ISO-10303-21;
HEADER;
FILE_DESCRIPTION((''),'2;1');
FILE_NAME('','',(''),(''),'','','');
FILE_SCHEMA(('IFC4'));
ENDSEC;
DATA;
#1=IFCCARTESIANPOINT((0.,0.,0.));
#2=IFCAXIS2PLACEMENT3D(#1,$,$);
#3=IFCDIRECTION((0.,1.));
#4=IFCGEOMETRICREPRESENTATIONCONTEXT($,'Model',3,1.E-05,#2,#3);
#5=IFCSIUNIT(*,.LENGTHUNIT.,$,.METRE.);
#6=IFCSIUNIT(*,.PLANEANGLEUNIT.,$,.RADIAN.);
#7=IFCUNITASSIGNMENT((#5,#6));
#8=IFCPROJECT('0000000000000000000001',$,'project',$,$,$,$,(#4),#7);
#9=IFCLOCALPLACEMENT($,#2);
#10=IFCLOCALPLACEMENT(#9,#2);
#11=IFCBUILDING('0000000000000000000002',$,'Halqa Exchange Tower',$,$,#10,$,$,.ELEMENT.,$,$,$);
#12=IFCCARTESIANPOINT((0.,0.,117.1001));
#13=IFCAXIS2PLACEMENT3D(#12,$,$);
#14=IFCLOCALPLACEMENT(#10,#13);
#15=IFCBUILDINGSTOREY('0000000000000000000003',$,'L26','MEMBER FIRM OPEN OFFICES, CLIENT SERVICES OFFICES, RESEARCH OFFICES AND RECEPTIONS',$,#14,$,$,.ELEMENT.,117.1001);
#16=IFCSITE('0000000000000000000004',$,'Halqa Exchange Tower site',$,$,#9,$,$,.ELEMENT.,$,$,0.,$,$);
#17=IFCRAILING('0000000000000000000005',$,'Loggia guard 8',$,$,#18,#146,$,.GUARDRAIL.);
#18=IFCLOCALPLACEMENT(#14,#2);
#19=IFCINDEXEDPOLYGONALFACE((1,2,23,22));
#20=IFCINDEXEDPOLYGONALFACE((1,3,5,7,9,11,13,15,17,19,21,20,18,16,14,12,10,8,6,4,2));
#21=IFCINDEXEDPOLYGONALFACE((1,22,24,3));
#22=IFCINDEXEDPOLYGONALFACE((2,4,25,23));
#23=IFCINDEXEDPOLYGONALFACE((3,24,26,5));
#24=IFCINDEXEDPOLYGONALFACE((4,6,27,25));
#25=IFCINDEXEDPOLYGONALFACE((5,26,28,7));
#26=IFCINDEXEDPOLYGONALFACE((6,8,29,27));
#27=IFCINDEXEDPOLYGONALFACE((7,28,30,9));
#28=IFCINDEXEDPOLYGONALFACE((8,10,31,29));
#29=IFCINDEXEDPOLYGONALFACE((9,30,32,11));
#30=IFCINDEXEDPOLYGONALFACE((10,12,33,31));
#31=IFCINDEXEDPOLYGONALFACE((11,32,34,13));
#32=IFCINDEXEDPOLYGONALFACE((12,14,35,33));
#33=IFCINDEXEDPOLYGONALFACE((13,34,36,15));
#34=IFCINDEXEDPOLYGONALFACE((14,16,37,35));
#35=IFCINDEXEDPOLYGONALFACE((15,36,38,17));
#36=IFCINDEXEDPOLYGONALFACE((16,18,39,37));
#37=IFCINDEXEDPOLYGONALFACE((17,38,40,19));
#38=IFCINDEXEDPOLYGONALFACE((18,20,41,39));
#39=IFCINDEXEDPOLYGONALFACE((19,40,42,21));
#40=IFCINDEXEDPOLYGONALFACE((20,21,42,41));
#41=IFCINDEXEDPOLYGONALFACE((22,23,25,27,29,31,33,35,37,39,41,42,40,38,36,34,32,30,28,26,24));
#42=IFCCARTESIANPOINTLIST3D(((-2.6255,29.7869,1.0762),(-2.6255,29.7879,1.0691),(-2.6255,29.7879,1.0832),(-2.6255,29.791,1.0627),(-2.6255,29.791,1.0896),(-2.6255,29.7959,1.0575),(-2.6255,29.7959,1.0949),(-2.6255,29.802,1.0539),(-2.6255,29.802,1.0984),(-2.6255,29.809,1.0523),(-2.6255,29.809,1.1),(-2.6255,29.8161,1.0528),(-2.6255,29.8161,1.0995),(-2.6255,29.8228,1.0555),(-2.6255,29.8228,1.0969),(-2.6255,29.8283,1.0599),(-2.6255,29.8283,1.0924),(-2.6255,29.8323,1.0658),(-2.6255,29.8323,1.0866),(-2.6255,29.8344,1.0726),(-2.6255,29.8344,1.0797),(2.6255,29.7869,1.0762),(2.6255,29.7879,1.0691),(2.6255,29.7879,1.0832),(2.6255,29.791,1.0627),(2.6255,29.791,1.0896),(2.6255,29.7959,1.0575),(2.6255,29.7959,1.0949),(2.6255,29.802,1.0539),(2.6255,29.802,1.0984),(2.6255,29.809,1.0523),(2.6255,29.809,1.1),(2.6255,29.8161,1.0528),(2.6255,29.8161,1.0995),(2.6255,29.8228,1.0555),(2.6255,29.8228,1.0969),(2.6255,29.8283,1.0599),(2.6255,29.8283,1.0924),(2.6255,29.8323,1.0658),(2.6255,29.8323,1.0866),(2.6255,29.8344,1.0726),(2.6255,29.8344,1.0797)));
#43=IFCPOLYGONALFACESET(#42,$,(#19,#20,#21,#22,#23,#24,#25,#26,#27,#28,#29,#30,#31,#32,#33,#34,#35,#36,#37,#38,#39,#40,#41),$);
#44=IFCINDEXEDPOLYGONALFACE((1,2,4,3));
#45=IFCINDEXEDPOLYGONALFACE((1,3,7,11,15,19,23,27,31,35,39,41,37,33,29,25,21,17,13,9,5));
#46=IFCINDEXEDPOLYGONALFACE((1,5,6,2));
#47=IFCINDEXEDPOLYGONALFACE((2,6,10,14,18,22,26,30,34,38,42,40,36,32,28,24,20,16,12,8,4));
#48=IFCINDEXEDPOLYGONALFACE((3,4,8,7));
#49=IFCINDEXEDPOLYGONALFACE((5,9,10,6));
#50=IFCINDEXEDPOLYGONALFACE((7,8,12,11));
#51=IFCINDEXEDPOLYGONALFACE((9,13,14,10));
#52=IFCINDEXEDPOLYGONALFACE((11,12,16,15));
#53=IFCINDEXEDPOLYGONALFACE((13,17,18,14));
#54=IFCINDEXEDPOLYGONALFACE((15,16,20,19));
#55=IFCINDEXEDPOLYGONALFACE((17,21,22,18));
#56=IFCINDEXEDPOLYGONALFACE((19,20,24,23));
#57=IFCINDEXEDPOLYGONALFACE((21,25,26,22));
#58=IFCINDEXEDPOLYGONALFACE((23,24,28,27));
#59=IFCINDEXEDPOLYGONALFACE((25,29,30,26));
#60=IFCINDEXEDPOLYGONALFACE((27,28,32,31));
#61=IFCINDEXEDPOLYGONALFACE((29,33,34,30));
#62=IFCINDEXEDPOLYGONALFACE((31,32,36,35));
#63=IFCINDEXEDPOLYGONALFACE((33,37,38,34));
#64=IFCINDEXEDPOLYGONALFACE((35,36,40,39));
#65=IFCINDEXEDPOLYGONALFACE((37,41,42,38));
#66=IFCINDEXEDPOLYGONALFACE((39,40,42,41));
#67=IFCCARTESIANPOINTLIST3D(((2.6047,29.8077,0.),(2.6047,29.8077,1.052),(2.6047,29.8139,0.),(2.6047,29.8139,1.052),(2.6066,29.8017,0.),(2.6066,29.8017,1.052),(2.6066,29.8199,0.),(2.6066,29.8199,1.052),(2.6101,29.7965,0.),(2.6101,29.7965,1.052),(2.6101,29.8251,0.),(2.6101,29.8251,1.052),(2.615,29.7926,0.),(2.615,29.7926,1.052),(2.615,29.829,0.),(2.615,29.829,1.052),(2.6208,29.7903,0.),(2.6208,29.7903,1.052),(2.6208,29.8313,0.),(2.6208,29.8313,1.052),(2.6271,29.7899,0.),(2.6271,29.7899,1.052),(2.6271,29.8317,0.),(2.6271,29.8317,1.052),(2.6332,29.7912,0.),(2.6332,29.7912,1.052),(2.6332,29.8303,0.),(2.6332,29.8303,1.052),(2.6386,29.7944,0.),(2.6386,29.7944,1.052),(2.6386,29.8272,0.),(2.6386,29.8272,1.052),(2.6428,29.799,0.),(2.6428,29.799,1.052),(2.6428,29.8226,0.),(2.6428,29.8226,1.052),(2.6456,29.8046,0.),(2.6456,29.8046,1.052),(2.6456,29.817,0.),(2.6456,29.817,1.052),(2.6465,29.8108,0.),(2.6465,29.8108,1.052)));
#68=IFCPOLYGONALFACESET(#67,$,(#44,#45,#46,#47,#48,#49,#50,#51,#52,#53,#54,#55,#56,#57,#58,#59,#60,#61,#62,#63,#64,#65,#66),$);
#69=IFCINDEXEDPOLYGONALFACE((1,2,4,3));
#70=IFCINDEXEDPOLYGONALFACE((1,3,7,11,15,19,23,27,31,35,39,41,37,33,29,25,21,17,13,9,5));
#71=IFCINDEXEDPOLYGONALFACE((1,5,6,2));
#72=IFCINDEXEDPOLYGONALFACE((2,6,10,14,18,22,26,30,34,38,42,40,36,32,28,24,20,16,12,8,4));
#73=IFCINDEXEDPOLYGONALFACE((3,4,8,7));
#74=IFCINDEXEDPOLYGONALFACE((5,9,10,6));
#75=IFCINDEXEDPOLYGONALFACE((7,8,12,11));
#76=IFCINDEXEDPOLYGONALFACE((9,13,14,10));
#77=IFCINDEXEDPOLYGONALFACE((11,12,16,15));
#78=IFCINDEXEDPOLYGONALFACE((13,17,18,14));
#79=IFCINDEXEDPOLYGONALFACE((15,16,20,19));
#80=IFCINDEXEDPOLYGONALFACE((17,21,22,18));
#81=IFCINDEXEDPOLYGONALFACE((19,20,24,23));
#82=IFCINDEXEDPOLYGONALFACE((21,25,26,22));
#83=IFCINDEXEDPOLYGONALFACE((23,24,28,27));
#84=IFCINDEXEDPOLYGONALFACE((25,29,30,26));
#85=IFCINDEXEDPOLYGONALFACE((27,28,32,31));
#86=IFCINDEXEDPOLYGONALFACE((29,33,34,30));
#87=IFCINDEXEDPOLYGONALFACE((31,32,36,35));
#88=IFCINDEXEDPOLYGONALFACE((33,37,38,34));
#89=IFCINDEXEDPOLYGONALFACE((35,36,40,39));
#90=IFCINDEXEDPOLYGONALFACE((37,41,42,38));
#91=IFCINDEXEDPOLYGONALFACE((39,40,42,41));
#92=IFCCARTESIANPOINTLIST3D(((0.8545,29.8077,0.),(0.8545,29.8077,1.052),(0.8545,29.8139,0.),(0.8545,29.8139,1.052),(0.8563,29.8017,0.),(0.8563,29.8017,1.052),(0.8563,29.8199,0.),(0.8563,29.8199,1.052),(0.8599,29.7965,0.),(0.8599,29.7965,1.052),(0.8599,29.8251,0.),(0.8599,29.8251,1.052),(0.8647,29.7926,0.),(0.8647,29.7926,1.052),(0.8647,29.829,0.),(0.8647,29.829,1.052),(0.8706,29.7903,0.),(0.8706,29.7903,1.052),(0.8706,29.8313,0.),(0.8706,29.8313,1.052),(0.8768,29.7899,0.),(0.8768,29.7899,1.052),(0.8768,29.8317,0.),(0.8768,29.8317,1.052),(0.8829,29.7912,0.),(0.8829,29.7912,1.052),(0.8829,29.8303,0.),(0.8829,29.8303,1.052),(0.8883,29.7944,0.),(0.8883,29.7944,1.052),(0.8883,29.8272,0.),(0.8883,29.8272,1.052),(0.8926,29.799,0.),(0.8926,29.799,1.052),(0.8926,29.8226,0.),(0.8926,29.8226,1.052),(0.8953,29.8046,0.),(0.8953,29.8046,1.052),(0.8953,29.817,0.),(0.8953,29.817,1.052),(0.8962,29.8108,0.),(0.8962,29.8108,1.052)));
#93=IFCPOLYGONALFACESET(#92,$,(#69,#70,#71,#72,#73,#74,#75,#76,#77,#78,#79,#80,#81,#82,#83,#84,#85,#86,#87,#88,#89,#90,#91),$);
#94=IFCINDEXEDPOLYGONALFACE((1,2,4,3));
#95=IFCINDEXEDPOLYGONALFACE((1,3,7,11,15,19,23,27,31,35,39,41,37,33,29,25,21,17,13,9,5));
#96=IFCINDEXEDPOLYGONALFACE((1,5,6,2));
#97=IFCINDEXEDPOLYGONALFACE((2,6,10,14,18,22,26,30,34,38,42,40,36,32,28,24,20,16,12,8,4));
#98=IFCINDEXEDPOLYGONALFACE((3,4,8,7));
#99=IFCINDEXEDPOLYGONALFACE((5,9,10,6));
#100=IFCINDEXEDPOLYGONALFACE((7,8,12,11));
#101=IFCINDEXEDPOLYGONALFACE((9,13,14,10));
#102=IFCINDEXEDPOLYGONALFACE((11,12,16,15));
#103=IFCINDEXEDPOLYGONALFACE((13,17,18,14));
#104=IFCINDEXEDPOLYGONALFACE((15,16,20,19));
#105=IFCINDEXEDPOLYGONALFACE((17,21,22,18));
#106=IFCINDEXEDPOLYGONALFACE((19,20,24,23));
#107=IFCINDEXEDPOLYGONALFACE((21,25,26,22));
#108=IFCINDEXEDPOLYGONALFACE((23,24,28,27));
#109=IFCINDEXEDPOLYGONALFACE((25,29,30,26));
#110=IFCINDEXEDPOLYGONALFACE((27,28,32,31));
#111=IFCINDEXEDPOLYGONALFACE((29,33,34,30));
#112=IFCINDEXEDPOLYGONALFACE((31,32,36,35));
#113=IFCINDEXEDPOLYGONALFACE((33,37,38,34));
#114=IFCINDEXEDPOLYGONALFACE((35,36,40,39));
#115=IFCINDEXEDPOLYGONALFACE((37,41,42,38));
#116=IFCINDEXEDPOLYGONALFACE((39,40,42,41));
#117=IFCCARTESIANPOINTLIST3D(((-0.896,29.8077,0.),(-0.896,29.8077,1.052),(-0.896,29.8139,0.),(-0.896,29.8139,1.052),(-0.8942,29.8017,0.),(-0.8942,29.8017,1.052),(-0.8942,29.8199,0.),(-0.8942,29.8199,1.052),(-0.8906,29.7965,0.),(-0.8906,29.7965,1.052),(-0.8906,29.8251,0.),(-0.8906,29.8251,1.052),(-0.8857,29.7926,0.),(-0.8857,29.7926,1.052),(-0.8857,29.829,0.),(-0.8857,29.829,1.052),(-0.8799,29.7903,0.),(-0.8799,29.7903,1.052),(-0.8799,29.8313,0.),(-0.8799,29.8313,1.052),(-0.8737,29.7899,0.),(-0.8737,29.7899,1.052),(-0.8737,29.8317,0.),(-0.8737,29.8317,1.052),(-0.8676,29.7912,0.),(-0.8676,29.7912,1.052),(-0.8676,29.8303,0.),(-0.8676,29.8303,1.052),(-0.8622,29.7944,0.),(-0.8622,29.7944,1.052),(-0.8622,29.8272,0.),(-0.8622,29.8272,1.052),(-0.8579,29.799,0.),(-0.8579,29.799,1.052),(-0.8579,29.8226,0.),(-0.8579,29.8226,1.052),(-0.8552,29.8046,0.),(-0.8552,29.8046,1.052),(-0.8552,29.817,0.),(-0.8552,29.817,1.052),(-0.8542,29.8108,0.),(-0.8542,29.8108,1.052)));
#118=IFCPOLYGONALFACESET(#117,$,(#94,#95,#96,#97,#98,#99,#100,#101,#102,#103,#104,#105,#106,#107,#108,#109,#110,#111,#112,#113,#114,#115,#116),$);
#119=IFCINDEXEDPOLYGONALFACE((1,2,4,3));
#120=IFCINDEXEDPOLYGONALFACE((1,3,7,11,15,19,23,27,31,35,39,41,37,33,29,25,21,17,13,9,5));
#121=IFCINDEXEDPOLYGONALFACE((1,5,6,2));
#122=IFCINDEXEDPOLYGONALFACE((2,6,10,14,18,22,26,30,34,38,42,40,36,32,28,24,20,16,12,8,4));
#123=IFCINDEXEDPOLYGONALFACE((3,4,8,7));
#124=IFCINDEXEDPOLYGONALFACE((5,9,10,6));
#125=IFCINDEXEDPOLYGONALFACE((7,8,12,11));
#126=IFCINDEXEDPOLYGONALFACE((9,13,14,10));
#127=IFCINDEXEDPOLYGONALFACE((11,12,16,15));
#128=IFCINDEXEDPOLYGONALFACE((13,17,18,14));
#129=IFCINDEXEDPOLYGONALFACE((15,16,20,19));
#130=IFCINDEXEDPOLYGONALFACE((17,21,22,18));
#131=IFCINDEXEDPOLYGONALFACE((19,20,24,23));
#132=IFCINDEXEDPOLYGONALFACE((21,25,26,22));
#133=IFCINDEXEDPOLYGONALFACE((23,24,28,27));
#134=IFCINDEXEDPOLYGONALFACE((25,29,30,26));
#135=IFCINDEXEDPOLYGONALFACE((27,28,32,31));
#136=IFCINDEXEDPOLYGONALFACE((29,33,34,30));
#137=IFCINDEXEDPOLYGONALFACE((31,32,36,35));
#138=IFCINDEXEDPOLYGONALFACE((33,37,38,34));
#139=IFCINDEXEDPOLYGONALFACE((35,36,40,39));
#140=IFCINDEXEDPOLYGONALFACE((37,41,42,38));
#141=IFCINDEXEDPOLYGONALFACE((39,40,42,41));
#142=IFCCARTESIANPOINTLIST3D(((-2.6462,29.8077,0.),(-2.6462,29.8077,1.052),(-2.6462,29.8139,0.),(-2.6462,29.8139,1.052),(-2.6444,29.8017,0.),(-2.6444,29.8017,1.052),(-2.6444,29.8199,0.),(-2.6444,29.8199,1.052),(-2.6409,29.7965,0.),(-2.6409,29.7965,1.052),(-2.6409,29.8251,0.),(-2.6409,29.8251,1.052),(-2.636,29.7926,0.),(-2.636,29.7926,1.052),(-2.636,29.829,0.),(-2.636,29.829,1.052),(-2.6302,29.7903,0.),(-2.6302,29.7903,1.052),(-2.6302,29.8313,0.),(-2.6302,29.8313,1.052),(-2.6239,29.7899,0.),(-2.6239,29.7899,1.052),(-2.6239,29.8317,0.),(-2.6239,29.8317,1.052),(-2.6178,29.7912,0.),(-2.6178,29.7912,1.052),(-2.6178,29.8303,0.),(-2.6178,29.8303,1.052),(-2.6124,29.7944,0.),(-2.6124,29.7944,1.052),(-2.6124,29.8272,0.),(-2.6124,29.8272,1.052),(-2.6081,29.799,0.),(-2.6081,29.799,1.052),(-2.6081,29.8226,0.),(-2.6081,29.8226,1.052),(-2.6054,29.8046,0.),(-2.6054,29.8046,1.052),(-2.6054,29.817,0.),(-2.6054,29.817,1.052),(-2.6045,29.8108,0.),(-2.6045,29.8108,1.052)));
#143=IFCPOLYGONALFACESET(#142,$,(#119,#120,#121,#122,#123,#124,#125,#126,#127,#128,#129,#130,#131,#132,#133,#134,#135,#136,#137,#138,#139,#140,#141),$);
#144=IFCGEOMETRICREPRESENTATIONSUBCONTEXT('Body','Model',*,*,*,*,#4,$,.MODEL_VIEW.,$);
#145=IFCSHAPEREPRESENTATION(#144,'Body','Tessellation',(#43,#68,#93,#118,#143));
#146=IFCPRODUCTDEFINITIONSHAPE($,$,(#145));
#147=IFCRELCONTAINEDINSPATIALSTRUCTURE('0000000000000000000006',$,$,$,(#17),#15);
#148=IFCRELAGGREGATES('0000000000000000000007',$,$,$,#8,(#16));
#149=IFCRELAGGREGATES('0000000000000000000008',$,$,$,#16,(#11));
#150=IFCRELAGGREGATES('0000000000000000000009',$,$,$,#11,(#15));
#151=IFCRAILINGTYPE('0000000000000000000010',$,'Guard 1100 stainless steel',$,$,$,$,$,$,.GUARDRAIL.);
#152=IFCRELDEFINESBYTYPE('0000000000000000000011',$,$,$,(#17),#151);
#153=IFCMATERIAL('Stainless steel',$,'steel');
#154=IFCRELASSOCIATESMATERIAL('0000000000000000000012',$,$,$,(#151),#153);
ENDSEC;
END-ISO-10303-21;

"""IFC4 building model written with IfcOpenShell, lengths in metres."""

from ifc_helpers import new_model, si_unit, direction, frame, origin, origin_2d, place, context, subcontext, project, spatial, circle, extrude, material, type_object, element, save


model = new_model("IFC4")

# Units and contexts
model_context = context("Model", 3, precision=1e-05, world=origin(), true_north=direction((0.0, 1.0)))
body_context = subcontext(model_context, "Body", "Model", "MODEL_VIEW")
ifc_project = project(units=[si_unit("LENGTHUNIT", "METRE"), si_unit("PLANEANGLEUNIT", "RADIAN")], contexts=[model_context])

# Site, building, storey
site_placement = place(None, origin())
site = spatial("IfcSite", under=ifc_project, at=site_placement, Name="Halqa Exchange Tower site", CompositionType="ELEMENT", RefElevation=0.0)
building_placement = place(site_placement, origin())
building = spatial("IfcBuilding", under=site, at=building_placement, Name="Halqa Exchange Tower", CompositionType="ELEMENT")
storey_placement = place(building_placement, frame((0.0, 0.0, 117.1001)))
storey = spatial("IfcBuildingStorey", under=building, at=storey_placement, Name="L26", Description="MEMBER FIRM OPEN OFFICES, CLIENT SERVICES OFFICES, RESEARCH OFFICES AND RECEPTIONS", CompositionType="ELEMENT", Elevation=117.1001)

# Railing
ifc_material_1 = material(Name="Stainless steel", Category="steel")
railing_type_1 = type_object("IfcRailingType", Name="Guard 1100 stainless steel", PredefinedType="GUARDRAIL", material=ifc_material_1)
railing_1_placement = place(storey_placement, frame((2.6255, 29.8108, 0.0)))
element("IfcRailing", 1, at=railing_1_placement, inside=storey, type_object=railing_type_1, Name="Loggia guard 8", PredefinedType="GUARDRAIL", context=body_context, shape_type="SweptSolid", body=[
    extrude(circle(Radius=0.0239, at=origin_2d()), frame((0.0, 0.0, 1.0762), z_axis=(-1.0, 0.0, 0.0), x_axis=(0.0, -1.0, 0.0)), (0.0, 0.0, 1.0), 5.251),
    extrude(circle(Radius=0.021, at=origin_2d()), origin(), (0.0, 0.0, 1.0), 1.052),
    extrude(circle(Radius=0.021, at=origin_2d()), frame((-1.7502, 0.0, 0.0)), (0.0, 0.0, 1.0), 1.052),
    extrude(circle(Radius=0.021, at=origin_2d()), frame((-3.5007, 0.0, 0.0)), (0.0, 0.0, 1.0), 1.052),
    extrude(circle(Radius=0.021, at=origin_2d()), frame((-5.251, 0.0, 0.0)), (0.0, 0.0, 1.0), 1.052),
])

save(model, "model.ifc")
